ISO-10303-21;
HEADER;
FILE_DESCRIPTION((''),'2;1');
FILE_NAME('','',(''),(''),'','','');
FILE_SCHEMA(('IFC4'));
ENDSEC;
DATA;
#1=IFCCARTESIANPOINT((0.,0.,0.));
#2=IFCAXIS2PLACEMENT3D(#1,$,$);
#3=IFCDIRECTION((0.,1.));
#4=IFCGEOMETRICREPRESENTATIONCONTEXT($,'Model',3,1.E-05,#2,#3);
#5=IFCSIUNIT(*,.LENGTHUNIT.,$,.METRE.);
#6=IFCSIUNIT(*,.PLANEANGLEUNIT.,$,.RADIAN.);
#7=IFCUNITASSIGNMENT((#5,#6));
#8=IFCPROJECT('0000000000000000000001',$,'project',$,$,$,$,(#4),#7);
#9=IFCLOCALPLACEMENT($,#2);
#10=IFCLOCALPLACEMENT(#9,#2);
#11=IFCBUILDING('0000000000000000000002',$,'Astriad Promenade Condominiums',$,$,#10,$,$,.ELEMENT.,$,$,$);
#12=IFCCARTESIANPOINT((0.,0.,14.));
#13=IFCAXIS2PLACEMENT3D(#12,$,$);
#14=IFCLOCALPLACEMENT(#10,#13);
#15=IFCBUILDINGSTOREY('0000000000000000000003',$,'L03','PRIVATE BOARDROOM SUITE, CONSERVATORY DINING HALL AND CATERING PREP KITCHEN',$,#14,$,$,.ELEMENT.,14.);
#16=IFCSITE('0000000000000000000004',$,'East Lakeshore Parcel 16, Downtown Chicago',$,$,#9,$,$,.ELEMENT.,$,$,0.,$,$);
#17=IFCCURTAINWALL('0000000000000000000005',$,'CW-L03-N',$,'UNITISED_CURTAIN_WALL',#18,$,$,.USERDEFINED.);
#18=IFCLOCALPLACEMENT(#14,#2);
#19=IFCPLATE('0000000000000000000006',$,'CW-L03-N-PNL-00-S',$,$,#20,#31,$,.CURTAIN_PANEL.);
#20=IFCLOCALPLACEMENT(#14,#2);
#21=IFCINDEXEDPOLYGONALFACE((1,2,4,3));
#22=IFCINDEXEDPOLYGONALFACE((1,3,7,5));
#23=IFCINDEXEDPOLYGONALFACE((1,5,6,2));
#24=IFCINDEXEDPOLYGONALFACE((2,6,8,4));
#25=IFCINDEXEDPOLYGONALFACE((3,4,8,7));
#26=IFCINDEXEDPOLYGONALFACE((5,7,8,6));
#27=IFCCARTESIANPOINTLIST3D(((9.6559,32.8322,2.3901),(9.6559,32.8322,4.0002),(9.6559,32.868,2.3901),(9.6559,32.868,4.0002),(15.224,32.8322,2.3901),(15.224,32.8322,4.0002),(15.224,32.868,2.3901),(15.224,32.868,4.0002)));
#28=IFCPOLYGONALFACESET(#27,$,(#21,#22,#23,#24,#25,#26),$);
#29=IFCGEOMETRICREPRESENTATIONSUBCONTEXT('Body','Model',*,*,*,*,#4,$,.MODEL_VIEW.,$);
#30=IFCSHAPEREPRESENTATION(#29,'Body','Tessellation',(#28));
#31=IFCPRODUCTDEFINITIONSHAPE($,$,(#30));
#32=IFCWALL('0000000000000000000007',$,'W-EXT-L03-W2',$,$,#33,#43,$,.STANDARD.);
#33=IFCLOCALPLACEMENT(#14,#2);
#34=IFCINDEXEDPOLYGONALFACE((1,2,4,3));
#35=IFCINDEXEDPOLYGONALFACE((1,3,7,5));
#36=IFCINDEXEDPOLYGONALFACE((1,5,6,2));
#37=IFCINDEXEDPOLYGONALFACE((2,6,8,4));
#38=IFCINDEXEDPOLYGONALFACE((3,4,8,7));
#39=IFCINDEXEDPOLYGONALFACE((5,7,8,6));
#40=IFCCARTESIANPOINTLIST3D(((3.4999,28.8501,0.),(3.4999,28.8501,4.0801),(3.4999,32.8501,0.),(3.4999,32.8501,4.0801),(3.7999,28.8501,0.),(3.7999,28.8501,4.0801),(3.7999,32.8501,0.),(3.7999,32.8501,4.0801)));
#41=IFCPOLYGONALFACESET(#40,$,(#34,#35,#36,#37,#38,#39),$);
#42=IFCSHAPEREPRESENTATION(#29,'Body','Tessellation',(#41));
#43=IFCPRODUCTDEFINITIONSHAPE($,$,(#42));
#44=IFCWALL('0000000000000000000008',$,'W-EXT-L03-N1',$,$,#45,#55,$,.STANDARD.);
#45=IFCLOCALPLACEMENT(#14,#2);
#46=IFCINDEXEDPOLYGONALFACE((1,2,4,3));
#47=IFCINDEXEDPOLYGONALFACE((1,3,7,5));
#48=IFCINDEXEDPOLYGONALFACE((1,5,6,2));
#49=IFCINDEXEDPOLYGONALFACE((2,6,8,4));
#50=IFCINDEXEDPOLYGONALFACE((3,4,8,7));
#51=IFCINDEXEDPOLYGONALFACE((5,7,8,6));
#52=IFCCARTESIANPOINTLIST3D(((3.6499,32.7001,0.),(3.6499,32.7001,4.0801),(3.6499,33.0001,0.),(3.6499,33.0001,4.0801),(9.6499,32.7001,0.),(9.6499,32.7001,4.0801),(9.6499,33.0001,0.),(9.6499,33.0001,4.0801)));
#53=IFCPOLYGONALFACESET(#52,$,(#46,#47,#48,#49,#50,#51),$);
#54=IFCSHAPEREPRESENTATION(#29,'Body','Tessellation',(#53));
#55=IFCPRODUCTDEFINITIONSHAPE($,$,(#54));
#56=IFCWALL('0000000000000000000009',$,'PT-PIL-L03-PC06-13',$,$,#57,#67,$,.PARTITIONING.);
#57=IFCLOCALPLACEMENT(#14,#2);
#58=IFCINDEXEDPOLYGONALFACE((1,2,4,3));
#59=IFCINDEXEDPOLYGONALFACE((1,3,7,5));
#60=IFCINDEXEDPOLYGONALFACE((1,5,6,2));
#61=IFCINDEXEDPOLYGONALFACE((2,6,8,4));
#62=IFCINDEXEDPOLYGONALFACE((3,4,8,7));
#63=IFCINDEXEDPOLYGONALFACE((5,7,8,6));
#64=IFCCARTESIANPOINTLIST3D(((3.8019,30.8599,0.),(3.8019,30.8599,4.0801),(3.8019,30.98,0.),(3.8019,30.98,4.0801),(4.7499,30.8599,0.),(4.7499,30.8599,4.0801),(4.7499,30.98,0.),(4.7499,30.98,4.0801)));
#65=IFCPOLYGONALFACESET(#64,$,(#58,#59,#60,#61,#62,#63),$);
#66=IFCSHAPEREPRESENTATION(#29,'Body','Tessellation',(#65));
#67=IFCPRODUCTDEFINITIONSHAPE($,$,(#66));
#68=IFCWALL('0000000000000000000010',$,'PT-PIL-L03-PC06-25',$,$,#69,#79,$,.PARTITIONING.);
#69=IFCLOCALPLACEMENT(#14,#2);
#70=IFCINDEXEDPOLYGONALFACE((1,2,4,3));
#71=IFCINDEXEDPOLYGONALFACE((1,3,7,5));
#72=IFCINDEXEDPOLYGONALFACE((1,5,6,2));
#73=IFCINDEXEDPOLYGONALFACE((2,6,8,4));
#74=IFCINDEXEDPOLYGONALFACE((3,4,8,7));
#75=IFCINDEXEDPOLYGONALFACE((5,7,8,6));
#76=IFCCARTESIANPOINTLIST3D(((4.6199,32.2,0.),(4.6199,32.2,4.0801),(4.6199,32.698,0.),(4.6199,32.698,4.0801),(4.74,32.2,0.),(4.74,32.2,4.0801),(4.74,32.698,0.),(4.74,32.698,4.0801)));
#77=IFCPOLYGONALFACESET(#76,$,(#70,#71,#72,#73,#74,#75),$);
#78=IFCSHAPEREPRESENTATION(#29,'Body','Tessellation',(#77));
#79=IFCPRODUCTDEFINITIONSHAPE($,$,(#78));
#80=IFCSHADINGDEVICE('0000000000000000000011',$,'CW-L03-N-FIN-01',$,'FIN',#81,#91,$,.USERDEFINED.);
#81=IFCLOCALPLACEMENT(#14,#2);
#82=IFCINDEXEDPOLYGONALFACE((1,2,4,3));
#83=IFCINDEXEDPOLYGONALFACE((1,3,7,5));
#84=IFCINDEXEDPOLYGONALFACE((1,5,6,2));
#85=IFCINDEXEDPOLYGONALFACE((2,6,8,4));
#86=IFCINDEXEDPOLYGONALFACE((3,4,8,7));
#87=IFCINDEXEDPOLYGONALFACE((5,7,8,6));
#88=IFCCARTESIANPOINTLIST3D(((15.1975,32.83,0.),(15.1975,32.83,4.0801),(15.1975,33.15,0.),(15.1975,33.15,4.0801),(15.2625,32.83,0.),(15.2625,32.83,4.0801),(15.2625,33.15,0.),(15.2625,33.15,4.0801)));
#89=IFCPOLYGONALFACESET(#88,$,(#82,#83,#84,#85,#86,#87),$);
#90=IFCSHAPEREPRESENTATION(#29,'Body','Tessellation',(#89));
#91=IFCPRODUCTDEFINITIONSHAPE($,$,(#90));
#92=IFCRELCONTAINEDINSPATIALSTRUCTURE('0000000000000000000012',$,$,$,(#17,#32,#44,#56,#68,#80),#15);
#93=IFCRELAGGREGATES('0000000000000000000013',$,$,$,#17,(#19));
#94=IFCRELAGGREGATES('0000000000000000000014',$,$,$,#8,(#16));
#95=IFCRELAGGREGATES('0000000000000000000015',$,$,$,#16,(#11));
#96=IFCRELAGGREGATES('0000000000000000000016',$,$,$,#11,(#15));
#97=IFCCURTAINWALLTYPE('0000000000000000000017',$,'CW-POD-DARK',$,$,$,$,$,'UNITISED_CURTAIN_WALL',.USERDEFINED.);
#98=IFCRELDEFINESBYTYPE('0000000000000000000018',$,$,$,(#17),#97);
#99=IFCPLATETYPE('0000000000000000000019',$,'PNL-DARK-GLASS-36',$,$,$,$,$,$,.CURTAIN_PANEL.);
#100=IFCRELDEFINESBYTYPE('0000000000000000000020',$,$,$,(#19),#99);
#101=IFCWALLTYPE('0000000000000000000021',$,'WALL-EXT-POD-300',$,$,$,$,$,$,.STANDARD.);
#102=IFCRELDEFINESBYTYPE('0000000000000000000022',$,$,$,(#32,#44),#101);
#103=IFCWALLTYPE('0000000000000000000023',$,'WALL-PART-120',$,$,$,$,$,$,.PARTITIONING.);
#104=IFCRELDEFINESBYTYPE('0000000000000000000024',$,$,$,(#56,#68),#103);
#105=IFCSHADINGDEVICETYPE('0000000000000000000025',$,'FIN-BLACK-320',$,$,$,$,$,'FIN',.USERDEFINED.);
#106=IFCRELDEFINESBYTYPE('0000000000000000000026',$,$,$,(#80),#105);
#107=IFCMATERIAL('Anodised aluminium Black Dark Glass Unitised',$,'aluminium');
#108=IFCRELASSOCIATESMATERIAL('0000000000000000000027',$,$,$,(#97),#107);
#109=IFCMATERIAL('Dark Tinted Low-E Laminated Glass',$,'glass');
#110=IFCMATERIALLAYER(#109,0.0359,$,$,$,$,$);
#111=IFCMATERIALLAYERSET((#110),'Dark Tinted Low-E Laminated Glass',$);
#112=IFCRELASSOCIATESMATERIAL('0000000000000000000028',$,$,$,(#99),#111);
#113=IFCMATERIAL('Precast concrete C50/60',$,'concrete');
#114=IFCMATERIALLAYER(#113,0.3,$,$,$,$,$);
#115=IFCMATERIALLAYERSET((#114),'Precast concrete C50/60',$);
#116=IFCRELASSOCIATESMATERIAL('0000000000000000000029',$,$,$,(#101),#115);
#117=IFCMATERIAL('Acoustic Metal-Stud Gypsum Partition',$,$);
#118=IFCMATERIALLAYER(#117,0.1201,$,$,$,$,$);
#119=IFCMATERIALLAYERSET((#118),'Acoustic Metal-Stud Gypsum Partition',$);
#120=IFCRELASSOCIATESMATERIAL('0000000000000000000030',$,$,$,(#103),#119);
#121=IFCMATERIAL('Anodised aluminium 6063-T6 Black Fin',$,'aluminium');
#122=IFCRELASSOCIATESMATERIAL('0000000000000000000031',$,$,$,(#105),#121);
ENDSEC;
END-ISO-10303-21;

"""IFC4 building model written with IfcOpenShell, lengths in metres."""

from ifc_helpers import new_model, si_unit, direction, frame, frame_2d, origin, origin_2d, place, context, subcontext, project, spatial, rectangle, extrude, source, transform, mapped, material, layer, layer_set, type_object, type_shapes, element, aggregate, save


model = new_model("IFC4")

# Units and contexts
model_context = context("Model", 3, precision=1e-05, world=origin(), true_north=direction((0.0, 1.0)))
body_context = subcontext(model_context, "Body", "Model", "MODEL_VIEW")
ifc_project = project(units=[si_unit("LENGTHUNIT", "METRE"), si_unit("PLANEANGLEUNIT", "RADIAN")], contexts=[model_context])

# Site, building, storey
site_placement = place(None, origin())
site = spatial("IfcSite", under=ifc_project, at=site_placement, Name="East Lakeshore Parcel 16, Downtown Chicago", CompositionType="ELEMENT", RefElevation=0.0)
building_placement = place(site_placement, origin())
building = spatial("IfcBuilding", under=site, at=building_placement, Name="Astriad Promenade Condominiums", CompositionType="ELEMENT")
storey_placement = place(building_placement, frame((0.0, 0.0, 14.0)))
storey = spatial("IfcBuildingStorey", under=building, at=storey_placement, Name="L03", Description="PRIVATE BOARDROOM SUITE, CONSERVATORY DINING HALL AND CATERING PREP KITCHEN", CompositionType="ELEMENT", Elevation=14.0)

# Curtain wall
ifc_material_1 = material(Name="Anodised aluminium Black Dark Glass Unitised", Category="aluminium")
curtain_wall_type = type_object("IfcCurtainWallType", Name="CW-POD-DARK", ElementType="UNITISED_CURTAIN_WALL", PredefinedType="USERDEFINED", material=ifc_material_1)
curtain_wall_1_placement = place(storey_placement, origin())
curtain_wall_1 = element("IfcCurtainWall", 1, at=curtain_wall_1_placement, inside=storey, type_object=curtain_wall_type, Name="CW-L03-N", ObjectType="UNITISED_CURTAIN_WALL", PredefinedType="USERDEFINED")

# Plate
ifc_material_2 = material(Name="Dark Tinted Low-E Laminated Glass", Category="glass")
ifc_layer_1 = layer(ifc_material_2, 0.0359)
ifc_layer_set_1 = layer_set([ifc_layer_1], Name="Dark Tinted Low-E Laminated Glass")
plate_type_1 = type_object("IfcPlateType", Name="PNL-DARK-GLASS-36", PredefinedType="CURTAIN_PANEL", material=ifc_layer_set_1)
shared_shape_1 = source(origin(), body_context, "Body", "SweptSolid", [
    extrude(rectangle(XDim=5.5681, YDim=0.0359, at=origin_2d()), origin(), (0.0, 0.0, 1.0), 1.6101),
])
plate_1_placement = place(storey_placement, frame((12.4399, 32.8501, 2.3901), z_axis=(0.0, 0.0, 1.0), x_axis=(1.0, 0.0, 0.0)))
plate_1 = element("IfcPlate", 2, at=plate_1_placement, type_object=plate_type_1, Name="CW-L03-N-PNL-00-S", PredefinedType="CURTAIN_PANEL", context=body_context, shape_type="MappedRepresentation", body=[
    mapped(shared_shape_1, transform((0.0, 0.0, 0.0), scale=1.0)),
])
aggregate(curtain_wall_1, [plate_1])

# Walls
ifc_material_3 = material(Name="Precast concrete C50/60", Category="concrete")
ifc_layer_2 = layer(ifc_material_3, 0.3)
ifc_layer_set_2 = layer_set([ifc_layer_2], Name="Precast concrete C50/60")
wall_type_1 = type_object("IfcWallType", Name="WALL-EXT-POD-300", PredefinedType="STANDARD", material=ifc_layer_set_2)
wall_1_placement = place(storey_placement, frame((3.6499, 28.8501, 0.0), z_axis=(0.0, 0.0, 1.0), x_axis=(0.0, 1.0, 0.0)))
element("IfcWall", 3, at=wall_1_placement, inside=storey, type_object=wall_type_1, Name="W-EXT-L03-W2", PredefinedType="STANDARD", context=body_context, shape_type="SweptSolid", body=[
    extrude(rectangle(XDim=4.0, YDim=0.3, at=frame_2d((2.0, 0.0))), origin(), (0.0, 0.0, 1.0), 4.0801),
])
wall_2_placement = place(storey_placement, frame((3.6499, 32.8501, 0.0), z_axis=(0.0, 0.0, 1.0), x_axis=(1.0, 0.0, 0.0)))
element("IfcWall", 4, at=wall_2_placement, inside=storey, type_object=wall_type_1, Name="W-EXT-L03-N1", PredefinedType="STANDARD", context=body_context, shape_type="SweptSolid", body=[
    extrude(rectangle(XDim=6.0, YDim=0.3, at=frame_2d((3.0, 0.0))), origin(), (0.0, 0.0, 1.0), 4.0801),
])
ifc_material_4 = material(Name="Acoustic Metal-Stud Gypsum Partition")
ifc_layer_3 = layer(ifc_material_4, 0.1201)
ifc_layer_set_3 = layer_set([ifc_layer_3], Name="Acoustic Metal-Stud Gypsum Partition")
wall_type_2 = type_object("IfcWallType", Name="WALL-PART-120", PredefinedType="PARTITIONING", material=ifc_layer_set_3)
wall_3_placement = place(storey_placement, frame((4.75, 30.9199, 0.0), z_axis=(0.0, 0.0, 1.0), x_axis=(-1.0, 0.0, 0.0)))
element("IfcWall", 5, at=wall_3_placement, inside=storey, type_object=wall_type_2, Name="PT-PIL-L03-PC06-13", PredefinedType="PARTITIONING", context=body_context, shape_type="SweptSolid", body=[
    extrude(rectangle(XDim=0.948, YDim=0.1201, at=frame_2d((0.4741, 0.0))), origin(), (0.0, 0.0, 1.0), 4.0801),
])
wall_4_placement = place(storey_placement, frame((4.6799, 32.2, 0.0), z_axis=(0.0, 0.0, 1.0), x_axis=(0.0, 1.0, 0.0)))
element("IfcWall", 6, at=wall_4_placement, inside=storey, type_object=wall_type_2, Name="PT-PIL-L03-PC06-25", PredefinedType="PARTITIONING", context=body_context, shape_type="SweptSolid", body=[
    extrude(rectangle(XDim=0.498, YDim=0.1201, at=frame_2d((0.249, 0.0))), origin(), (0.0, 0.0, 1.0), 4.0801),
])

# Shading device
ifc_material_5 = material(Name="Anodised aluminium 6063-T6 Black Fin", Category="aluminium")
shading_device_type = type_object("IfcShadingDeviceType", Name="FIN-BLACK-320", ElementType="FIN", PredefinedType="USERDEFINED", material=ifc_material_5)
shared_shape_2 = source(origin(), body_context, "Body", "SweptSolid", [
    extrude(rectangle(XDim=0.0649, YDim=0.3201, at=origin_2d()), origin(), (0.0, 0.0, 1.0), 4.0801),
])
type_shapes(shading_device_type, [shared_shape_2])
shading_device_placement = place(storey_placement, frame((15.23, 32.99, 0.0), z_axis=(0.0, 0.0, 1.0), x_axis=(1.0, 0.0, 0.0)))
element("IfcShadingDevice", 7, at=shading_device_placement, inside=storey, type_object=shading_device_type, Name="CW-L03-N-FIN-01", ObjectType="FIN", PredefinedType="USERDEFINED", context=body_context, shape_type="MappedRepresentation", body=[
    mapped(shared_shape_2, transform((0.0, 0.0, 0.0), scale=1.0)),
])

save(model, "model.ifc")
